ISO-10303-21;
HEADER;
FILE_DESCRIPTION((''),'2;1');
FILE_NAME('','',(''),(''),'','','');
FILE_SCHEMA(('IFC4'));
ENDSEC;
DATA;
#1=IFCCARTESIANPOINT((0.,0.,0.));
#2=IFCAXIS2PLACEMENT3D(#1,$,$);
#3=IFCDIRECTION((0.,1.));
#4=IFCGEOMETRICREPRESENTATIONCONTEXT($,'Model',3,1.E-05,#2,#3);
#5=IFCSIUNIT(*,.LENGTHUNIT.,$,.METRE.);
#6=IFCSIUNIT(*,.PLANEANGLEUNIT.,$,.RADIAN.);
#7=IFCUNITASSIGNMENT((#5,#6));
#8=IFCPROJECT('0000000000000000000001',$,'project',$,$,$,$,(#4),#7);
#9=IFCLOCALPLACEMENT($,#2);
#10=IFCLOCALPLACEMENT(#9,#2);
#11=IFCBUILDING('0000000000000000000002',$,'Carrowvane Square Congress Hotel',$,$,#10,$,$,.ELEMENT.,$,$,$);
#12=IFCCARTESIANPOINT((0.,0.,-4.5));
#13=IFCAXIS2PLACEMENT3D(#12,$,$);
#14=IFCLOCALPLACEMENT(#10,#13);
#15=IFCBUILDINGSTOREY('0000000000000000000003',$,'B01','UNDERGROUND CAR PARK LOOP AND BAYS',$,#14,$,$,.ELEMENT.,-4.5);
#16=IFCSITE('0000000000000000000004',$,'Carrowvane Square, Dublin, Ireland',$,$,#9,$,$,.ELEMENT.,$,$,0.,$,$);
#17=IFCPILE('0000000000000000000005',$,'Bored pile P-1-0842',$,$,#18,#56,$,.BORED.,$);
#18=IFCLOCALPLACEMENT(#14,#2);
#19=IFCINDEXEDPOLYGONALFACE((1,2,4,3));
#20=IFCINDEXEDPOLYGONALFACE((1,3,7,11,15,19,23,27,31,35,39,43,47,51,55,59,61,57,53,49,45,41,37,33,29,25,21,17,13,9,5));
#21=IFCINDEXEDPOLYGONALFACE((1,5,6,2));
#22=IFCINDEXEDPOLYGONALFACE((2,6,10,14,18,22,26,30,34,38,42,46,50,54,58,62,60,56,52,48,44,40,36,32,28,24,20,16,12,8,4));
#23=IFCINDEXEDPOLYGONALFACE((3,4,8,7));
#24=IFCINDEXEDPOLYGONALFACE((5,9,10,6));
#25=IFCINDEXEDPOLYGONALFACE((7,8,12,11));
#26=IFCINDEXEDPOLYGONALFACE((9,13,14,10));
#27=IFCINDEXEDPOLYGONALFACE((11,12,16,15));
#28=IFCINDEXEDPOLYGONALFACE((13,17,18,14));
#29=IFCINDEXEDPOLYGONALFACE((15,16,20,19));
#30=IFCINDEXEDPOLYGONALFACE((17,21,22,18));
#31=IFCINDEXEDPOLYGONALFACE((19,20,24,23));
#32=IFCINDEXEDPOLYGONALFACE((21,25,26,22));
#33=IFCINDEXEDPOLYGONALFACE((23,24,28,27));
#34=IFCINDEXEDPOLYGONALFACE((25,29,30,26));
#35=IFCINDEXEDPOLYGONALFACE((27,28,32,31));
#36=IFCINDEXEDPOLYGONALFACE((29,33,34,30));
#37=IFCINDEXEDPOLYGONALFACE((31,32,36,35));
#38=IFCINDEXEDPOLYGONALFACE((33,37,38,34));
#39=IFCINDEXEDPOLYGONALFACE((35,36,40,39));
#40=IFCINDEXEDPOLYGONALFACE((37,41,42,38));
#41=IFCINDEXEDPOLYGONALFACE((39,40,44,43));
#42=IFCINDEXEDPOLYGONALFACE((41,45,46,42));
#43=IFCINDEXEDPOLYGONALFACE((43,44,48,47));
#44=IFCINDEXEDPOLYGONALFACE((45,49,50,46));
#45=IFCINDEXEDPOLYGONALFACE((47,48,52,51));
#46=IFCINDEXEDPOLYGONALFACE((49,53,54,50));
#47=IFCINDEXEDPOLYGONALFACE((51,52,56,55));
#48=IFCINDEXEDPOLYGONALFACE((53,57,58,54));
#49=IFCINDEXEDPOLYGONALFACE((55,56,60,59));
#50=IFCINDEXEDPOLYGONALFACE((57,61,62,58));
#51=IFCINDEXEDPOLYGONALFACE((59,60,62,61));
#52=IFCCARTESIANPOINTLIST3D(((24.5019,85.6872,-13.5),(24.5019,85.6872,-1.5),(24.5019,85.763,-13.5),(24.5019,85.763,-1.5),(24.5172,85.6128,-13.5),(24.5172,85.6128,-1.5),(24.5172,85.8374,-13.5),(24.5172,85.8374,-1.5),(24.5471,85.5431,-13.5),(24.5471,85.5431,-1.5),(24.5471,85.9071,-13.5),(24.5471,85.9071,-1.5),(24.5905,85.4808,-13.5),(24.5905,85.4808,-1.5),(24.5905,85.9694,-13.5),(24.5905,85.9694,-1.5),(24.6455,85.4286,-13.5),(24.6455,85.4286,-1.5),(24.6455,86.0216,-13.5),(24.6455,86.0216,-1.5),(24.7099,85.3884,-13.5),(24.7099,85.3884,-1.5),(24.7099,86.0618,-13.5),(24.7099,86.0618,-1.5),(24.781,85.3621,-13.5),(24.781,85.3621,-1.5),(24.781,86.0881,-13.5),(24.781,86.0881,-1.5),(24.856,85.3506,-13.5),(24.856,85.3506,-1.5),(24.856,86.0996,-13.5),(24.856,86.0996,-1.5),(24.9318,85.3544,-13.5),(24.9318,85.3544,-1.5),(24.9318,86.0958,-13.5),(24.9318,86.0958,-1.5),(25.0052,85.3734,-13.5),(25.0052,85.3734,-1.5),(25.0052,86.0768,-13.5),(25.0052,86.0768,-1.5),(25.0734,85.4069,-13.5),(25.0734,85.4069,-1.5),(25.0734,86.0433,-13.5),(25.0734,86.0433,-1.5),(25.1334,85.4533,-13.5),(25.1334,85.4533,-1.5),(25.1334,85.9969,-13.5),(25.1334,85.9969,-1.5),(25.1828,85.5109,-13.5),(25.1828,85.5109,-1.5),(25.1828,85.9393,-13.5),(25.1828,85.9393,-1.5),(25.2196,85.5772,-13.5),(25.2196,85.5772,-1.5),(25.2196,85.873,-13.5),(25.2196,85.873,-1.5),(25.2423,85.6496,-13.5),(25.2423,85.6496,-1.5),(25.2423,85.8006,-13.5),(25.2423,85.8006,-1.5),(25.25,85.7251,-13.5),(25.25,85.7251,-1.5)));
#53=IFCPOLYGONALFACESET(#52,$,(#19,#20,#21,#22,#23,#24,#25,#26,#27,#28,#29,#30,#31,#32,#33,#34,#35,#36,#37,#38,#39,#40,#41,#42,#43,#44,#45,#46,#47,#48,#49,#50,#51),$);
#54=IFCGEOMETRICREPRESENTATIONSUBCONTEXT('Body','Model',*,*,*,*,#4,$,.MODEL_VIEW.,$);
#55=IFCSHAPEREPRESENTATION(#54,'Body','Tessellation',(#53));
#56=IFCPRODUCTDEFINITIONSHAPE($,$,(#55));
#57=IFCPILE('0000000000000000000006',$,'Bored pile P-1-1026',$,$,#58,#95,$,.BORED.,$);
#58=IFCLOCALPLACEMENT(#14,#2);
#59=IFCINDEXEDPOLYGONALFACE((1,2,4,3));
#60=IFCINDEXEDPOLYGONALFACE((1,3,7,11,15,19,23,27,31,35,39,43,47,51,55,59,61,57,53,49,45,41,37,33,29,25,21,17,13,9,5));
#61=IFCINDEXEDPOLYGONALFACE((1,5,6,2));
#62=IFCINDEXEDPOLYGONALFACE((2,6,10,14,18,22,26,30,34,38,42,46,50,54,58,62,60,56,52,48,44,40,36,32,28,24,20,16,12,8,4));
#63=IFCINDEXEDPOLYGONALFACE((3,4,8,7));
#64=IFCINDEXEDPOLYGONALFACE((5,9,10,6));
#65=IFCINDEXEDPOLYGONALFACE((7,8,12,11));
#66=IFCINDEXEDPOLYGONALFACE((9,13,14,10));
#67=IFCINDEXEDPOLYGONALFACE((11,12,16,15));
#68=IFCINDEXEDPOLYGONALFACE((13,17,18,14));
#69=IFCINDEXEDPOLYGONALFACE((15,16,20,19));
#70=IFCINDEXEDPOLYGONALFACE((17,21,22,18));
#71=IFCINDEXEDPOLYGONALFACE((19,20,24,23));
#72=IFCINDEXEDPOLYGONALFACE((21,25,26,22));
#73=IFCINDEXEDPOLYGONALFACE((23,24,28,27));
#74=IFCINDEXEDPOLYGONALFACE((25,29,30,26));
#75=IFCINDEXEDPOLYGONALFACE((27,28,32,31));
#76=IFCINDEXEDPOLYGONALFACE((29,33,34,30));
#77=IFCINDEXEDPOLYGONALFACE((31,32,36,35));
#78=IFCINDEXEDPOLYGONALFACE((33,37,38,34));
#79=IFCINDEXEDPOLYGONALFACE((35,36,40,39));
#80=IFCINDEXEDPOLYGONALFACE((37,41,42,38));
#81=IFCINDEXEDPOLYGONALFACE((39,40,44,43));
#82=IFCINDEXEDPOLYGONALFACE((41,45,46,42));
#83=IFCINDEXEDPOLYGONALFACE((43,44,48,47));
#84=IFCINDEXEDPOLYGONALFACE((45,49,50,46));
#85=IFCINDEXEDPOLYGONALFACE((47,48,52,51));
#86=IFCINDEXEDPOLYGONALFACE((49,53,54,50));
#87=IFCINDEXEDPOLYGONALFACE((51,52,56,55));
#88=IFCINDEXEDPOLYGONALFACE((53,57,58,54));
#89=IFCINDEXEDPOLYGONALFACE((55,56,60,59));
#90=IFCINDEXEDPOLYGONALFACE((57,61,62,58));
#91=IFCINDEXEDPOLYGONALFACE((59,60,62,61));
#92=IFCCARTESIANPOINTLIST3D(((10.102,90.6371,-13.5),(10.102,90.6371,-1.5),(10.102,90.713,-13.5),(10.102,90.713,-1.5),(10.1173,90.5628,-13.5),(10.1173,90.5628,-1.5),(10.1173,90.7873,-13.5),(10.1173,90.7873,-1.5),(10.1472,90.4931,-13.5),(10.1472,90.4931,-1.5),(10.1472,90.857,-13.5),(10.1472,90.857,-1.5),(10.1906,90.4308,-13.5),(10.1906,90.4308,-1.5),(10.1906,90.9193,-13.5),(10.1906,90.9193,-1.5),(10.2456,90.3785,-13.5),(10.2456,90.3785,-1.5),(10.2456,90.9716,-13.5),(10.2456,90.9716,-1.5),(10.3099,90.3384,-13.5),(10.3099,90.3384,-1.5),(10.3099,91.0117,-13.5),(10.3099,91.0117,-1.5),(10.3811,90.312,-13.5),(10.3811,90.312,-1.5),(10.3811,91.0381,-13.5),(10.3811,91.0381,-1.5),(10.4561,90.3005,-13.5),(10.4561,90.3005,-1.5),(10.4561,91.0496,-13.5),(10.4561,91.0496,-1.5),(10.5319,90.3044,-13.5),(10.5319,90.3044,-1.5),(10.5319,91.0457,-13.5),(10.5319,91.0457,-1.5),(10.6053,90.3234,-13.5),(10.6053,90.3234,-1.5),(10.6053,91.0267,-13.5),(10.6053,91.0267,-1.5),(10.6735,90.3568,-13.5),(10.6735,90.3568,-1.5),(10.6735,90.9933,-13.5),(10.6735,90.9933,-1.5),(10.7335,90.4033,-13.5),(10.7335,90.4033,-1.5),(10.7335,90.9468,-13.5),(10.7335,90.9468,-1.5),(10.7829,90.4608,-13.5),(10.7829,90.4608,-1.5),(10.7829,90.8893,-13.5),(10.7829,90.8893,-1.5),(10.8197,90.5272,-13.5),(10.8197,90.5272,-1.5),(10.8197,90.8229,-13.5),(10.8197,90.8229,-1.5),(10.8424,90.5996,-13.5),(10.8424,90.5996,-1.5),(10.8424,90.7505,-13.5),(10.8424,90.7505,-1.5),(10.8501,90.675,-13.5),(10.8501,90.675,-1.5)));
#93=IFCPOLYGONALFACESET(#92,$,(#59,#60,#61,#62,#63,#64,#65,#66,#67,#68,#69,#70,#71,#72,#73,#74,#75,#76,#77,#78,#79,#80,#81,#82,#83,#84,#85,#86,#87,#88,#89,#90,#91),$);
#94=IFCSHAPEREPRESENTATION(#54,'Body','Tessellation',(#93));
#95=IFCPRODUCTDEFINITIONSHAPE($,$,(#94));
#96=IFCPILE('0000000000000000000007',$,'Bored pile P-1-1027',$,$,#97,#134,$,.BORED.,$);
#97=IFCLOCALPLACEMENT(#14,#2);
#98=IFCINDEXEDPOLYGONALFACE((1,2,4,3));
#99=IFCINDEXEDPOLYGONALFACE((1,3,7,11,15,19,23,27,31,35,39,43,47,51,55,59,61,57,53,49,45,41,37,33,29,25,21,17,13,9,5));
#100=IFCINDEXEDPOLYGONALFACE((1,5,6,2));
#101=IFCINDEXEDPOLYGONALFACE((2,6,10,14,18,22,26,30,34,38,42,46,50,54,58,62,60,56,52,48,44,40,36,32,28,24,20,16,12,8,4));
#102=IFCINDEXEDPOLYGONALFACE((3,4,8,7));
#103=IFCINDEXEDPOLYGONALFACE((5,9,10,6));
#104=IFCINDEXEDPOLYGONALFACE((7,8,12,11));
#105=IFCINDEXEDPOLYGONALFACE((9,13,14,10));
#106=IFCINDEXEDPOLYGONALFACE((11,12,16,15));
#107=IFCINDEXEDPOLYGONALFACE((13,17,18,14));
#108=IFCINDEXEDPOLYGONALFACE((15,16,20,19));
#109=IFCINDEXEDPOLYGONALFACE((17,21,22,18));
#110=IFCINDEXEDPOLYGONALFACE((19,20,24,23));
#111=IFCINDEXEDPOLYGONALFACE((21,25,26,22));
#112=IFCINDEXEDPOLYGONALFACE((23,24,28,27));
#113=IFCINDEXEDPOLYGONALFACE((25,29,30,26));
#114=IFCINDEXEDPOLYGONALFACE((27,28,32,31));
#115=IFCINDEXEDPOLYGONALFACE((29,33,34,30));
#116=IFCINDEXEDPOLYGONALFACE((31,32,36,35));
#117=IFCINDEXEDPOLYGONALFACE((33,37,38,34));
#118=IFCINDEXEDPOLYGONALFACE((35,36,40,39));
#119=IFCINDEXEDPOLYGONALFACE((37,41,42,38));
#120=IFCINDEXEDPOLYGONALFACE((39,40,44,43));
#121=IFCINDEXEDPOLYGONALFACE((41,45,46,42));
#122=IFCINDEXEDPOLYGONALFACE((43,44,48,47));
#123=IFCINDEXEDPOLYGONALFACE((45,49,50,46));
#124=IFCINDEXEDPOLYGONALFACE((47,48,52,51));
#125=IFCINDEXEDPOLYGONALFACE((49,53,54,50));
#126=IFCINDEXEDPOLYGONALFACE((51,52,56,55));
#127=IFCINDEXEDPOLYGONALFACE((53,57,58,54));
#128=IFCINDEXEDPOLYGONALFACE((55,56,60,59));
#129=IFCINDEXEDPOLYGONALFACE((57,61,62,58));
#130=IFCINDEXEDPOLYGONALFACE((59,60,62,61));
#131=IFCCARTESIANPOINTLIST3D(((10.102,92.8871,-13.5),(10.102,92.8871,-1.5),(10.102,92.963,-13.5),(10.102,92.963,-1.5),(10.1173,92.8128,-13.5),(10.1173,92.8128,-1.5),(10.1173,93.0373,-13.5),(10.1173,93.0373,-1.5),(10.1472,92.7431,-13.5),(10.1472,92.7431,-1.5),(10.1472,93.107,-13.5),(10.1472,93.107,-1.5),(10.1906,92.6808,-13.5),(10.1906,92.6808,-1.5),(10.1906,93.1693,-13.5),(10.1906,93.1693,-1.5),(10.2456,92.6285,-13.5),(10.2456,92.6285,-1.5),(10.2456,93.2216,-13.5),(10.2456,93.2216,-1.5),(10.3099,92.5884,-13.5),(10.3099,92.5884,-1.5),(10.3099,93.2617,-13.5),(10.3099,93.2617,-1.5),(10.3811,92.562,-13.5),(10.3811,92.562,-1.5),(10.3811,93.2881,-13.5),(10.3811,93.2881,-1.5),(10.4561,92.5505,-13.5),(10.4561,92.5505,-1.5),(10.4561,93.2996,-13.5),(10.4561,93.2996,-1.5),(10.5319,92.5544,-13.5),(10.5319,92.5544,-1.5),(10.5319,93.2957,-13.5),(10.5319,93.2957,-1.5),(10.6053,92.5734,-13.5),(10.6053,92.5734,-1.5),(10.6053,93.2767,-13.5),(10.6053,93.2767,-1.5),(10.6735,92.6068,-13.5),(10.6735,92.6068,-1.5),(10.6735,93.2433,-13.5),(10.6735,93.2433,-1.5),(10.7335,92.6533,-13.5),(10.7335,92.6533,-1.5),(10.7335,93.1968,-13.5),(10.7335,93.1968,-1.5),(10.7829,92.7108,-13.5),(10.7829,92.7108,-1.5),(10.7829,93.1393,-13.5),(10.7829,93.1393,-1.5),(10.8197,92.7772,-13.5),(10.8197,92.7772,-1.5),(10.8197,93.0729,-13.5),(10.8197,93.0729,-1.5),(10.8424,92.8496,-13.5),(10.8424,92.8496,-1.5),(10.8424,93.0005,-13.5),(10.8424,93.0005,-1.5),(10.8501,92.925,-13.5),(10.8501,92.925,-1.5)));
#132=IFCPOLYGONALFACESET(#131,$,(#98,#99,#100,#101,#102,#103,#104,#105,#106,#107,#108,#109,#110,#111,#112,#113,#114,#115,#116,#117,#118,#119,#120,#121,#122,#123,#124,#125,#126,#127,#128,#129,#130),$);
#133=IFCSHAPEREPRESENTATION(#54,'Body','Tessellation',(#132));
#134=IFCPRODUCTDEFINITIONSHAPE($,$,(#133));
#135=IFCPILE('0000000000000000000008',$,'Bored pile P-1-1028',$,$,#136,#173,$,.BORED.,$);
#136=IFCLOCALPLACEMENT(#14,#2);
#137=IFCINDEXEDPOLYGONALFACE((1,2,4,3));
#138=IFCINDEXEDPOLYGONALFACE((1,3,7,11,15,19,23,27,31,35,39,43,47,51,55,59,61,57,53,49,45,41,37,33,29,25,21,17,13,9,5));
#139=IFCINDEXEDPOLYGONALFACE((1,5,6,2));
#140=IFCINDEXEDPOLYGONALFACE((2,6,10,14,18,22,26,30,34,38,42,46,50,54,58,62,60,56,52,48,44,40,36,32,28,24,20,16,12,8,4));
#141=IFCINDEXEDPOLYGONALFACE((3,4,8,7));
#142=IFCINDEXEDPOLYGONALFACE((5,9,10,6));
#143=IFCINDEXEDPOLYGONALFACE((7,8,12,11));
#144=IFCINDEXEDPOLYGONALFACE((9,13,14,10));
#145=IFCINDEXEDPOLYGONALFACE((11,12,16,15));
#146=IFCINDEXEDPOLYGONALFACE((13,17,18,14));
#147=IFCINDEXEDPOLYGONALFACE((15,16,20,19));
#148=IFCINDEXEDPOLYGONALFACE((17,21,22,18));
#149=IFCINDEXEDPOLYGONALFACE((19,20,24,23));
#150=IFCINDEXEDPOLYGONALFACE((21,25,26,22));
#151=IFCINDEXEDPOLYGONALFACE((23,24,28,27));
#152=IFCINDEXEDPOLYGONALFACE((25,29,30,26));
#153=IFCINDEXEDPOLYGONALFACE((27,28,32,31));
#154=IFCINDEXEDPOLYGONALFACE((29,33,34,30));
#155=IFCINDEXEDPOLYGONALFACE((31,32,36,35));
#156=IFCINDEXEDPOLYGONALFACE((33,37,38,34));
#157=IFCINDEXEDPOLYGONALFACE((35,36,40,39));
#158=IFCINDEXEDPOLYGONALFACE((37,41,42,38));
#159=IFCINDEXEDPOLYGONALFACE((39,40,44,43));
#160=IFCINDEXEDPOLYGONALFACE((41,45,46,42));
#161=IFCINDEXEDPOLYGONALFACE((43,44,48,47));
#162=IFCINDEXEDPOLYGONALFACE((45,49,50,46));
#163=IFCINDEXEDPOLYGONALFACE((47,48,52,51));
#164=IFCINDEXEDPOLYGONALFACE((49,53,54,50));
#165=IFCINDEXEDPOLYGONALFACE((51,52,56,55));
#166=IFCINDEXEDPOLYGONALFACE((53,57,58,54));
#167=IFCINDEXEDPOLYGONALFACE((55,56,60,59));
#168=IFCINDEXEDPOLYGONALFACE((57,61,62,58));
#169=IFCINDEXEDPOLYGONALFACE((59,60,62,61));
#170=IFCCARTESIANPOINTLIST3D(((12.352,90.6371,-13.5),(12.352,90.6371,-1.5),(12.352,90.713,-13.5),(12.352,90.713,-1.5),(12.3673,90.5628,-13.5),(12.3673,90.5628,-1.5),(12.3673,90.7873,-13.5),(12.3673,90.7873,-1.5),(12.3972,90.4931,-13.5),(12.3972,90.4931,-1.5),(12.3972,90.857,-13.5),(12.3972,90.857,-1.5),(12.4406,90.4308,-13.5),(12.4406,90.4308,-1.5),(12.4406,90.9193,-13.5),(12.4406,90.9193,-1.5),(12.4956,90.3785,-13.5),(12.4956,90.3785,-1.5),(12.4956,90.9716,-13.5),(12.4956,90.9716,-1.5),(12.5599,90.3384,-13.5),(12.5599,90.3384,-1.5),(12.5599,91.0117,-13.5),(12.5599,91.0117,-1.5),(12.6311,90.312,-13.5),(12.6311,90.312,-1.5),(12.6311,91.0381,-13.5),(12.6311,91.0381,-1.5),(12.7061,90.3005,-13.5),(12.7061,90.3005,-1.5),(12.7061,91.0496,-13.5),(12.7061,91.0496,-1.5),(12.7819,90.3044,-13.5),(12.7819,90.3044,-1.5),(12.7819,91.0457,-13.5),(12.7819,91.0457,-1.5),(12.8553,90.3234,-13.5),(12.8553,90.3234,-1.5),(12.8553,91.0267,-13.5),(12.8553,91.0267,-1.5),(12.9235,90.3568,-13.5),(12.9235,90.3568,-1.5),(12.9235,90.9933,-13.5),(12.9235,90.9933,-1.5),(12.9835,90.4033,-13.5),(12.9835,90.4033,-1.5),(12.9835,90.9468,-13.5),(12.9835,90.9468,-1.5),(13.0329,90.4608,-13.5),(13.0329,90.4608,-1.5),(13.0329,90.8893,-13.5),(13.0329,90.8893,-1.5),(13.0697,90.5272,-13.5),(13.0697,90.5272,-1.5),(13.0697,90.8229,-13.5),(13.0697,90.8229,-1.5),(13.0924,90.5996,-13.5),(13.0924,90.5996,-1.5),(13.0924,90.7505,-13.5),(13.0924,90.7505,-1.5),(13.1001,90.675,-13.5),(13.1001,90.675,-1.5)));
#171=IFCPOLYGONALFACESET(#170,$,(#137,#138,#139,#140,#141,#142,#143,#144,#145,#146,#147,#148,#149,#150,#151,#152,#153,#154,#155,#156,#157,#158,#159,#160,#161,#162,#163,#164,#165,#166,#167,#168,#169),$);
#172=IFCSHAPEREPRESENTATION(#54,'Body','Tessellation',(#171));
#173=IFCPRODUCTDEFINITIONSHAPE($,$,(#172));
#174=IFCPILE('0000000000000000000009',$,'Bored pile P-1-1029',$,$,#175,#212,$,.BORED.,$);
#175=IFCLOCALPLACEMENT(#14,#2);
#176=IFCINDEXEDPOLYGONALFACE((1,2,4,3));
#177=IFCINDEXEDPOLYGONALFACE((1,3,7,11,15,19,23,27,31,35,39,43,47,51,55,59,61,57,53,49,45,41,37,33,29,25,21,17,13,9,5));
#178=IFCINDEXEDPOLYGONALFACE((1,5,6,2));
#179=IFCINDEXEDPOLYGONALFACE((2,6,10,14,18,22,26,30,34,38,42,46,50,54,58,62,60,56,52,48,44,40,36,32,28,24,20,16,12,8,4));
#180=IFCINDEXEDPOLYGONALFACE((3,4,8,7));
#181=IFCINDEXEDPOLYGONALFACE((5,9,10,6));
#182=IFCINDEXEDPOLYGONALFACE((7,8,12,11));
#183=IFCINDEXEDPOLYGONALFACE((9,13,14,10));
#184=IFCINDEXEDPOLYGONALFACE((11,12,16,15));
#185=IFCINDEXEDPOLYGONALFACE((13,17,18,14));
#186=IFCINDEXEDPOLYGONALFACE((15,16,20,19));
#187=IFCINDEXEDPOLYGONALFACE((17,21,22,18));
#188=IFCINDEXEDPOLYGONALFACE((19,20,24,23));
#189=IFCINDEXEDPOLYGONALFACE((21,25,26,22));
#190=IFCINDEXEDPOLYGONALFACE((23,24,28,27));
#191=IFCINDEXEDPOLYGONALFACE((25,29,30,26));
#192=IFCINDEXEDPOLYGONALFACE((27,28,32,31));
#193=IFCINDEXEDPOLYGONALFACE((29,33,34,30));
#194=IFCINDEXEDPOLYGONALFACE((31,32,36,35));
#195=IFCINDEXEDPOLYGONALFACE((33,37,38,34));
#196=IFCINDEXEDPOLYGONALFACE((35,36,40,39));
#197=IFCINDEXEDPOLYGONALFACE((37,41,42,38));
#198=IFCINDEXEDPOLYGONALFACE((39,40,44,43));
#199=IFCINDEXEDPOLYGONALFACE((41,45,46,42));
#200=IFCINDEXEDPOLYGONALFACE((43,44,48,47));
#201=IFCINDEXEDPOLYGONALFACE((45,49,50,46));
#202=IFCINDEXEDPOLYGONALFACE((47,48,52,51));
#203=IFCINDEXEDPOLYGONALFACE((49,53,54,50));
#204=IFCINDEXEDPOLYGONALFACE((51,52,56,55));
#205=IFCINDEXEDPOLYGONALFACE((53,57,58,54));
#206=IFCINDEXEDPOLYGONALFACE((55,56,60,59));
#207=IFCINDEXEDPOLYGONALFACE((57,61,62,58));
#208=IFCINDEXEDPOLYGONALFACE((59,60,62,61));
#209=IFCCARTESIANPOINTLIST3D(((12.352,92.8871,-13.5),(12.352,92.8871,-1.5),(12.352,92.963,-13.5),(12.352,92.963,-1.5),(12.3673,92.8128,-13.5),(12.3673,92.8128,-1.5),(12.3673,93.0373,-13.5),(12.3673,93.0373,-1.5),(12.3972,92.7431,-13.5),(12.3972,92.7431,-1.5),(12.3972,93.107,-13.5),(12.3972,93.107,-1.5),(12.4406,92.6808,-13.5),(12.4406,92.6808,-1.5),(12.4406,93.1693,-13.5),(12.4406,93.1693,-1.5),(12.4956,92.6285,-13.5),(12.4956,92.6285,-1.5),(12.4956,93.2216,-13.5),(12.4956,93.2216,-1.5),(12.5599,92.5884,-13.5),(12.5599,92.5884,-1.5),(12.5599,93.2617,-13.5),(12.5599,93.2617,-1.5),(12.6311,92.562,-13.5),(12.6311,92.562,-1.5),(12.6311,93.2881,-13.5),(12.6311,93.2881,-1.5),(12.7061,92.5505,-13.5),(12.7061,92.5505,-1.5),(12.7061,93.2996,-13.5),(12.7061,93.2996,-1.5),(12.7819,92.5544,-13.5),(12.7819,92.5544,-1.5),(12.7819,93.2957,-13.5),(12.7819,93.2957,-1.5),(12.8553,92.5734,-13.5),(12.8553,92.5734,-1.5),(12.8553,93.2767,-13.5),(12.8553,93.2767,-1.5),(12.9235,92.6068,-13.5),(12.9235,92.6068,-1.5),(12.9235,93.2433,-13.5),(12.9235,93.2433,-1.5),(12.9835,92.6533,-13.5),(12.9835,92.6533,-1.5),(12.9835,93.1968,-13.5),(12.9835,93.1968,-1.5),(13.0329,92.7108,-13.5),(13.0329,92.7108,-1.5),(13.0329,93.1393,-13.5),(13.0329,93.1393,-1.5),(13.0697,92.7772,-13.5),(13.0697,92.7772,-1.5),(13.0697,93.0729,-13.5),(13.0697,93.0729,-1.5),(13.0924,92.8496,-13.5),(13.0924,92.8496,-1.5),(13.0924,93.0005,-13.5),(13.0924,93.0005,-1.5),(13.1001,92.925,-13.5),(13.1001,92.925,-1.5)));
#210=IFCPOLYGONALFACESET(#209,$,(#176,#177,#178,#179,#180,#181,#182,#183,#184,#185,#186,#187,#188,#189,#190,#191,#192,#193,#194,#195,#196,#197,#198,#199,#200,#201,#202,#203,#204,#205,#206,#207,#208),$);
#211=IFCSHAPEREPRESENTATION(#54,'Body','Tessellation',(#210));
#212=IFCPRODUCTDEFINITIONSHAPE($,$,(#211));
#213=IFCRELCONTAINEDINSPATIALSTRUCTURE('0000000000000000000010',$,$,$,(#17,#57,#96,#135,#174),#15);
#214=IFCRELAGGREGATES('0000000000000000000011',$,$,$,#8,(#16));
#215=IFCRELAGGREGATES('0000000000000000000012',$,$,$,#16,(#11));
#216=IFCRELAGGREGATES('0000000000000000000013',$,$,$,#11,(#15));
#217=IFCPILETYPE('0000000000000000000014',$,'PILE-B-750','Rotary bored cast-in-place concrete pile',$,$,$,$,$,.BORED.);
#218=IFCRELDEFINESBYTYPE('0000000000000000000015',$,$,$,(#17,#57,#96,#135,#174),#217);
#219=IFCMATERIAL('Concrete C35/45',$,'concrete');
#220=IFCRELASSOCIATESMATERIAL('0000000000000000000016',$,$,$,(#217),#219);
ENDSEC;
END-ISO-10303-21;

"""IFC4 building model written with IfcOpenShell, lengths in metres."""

from ifc_helpers import new_model, si_unit, direction, frame, origin, origin_2d, place, context, subcontext, project, spatial, circle, extrude, material, material_profile, profile_set, type_object, element, save


model = new_model("IFC4")

# Units and contexts
model_context = context("Model", 3, precision=1e-05, world=origin(), true_north=direction((0.0, 1.0)))
body_context = subcontext(model_context, "Body", "Model", "MODEL_VIEW")
ifc_project = project(units=[si_unit("LENGTHUNIT", "METRE"), si_unit("PLANEANGLEUNIT", "RADIAN")], contexts=[model_context])

# Site, building, storey
site_placement = place(None, origin())
site = spatial("IfcSite", under=ifc_project, at=site_placement, Name="Carrowvane Square, Dublin, Ireland", CompositionType="ELEMENT", RefElevation=0.0)
building_placement = place(site_placement, origin())
building = spatial("IfcBuilding", under=site, at=building_placement, Name="Carrowvane Square Congress Hotel", CompositionType="ELEMENT")
storey_placement = place(building_placement, frame((0.0, 0.0, -4.5)))
storey = spatial("IfcBuildingStorey", under=building, at=storey_placement, Name="B01", Description="UNDERGROUND CAR PARK LOOP AND BAYS", CompositionType="ELEMENT", Elevation=-4.5)

# Piles
ifc_material_1 = material(Name="Concrete C35/45", Category="concrete")
ifc_material_profile_1 = material_profile(ifc_material_1, circle(Radius=0.375, at=origin_2d()), Name="PILE D750")
ifc_profile_set_1 = profile_set([ifc_material_profile_1], Name="Concrete C35/45")
pile_type = type_object("IfcPileType", Name="PILE-B-750", Description="Rotary bored cast-in-place concrete pile", PredefinedType="BORED", material=ifc_profile_set_1)
for number, where, z_axis, x_axis, name in (
    (1, (24.875, 85.7251, -1.5), (0.0, 0.0, -1.0), (1.0, 0.0, 0.0), "Bored pile P-1-0842"),
    (2, (10.4751, 90.675, -1.5), (0.0, 0.0, -1.0), (1.0, 0.0, 0.0), "Bored pile P-1-1026"),
    (3, (10.4751, 92.925, -1.5), (0.0, 0.0, -1.0), (1.0, 0.0, 0.0), "Bored pile P-1-1027"),
    (4, (12.7251, 90.675, -1.5), (0.0, 0.0, -1.0), (1.0, 0.0, 0.0), "Bored pile P-1-1028"),
    (5, (12.7251, 92.925, -1.5), (0.0, 0.0, -1.0), (1.0, 0.0, 0.0), "Bored pile P-1-1029"),
):
    element("IfcPile", number, at=place(storey_placement, frame(where, z_axis=z_axis, x_axis=x_axis)), inside=storey, type_object=pile_type, Name=name, PredefinedType="BORED", context=body_context, shape_type="SweptSolid", body=[
        extrude(circle(Radius=0.375, at=origin_2d()), origin(), (0.0, 0.0, 1.0), 12.0),
    ])

save(model, "model.ifc")
